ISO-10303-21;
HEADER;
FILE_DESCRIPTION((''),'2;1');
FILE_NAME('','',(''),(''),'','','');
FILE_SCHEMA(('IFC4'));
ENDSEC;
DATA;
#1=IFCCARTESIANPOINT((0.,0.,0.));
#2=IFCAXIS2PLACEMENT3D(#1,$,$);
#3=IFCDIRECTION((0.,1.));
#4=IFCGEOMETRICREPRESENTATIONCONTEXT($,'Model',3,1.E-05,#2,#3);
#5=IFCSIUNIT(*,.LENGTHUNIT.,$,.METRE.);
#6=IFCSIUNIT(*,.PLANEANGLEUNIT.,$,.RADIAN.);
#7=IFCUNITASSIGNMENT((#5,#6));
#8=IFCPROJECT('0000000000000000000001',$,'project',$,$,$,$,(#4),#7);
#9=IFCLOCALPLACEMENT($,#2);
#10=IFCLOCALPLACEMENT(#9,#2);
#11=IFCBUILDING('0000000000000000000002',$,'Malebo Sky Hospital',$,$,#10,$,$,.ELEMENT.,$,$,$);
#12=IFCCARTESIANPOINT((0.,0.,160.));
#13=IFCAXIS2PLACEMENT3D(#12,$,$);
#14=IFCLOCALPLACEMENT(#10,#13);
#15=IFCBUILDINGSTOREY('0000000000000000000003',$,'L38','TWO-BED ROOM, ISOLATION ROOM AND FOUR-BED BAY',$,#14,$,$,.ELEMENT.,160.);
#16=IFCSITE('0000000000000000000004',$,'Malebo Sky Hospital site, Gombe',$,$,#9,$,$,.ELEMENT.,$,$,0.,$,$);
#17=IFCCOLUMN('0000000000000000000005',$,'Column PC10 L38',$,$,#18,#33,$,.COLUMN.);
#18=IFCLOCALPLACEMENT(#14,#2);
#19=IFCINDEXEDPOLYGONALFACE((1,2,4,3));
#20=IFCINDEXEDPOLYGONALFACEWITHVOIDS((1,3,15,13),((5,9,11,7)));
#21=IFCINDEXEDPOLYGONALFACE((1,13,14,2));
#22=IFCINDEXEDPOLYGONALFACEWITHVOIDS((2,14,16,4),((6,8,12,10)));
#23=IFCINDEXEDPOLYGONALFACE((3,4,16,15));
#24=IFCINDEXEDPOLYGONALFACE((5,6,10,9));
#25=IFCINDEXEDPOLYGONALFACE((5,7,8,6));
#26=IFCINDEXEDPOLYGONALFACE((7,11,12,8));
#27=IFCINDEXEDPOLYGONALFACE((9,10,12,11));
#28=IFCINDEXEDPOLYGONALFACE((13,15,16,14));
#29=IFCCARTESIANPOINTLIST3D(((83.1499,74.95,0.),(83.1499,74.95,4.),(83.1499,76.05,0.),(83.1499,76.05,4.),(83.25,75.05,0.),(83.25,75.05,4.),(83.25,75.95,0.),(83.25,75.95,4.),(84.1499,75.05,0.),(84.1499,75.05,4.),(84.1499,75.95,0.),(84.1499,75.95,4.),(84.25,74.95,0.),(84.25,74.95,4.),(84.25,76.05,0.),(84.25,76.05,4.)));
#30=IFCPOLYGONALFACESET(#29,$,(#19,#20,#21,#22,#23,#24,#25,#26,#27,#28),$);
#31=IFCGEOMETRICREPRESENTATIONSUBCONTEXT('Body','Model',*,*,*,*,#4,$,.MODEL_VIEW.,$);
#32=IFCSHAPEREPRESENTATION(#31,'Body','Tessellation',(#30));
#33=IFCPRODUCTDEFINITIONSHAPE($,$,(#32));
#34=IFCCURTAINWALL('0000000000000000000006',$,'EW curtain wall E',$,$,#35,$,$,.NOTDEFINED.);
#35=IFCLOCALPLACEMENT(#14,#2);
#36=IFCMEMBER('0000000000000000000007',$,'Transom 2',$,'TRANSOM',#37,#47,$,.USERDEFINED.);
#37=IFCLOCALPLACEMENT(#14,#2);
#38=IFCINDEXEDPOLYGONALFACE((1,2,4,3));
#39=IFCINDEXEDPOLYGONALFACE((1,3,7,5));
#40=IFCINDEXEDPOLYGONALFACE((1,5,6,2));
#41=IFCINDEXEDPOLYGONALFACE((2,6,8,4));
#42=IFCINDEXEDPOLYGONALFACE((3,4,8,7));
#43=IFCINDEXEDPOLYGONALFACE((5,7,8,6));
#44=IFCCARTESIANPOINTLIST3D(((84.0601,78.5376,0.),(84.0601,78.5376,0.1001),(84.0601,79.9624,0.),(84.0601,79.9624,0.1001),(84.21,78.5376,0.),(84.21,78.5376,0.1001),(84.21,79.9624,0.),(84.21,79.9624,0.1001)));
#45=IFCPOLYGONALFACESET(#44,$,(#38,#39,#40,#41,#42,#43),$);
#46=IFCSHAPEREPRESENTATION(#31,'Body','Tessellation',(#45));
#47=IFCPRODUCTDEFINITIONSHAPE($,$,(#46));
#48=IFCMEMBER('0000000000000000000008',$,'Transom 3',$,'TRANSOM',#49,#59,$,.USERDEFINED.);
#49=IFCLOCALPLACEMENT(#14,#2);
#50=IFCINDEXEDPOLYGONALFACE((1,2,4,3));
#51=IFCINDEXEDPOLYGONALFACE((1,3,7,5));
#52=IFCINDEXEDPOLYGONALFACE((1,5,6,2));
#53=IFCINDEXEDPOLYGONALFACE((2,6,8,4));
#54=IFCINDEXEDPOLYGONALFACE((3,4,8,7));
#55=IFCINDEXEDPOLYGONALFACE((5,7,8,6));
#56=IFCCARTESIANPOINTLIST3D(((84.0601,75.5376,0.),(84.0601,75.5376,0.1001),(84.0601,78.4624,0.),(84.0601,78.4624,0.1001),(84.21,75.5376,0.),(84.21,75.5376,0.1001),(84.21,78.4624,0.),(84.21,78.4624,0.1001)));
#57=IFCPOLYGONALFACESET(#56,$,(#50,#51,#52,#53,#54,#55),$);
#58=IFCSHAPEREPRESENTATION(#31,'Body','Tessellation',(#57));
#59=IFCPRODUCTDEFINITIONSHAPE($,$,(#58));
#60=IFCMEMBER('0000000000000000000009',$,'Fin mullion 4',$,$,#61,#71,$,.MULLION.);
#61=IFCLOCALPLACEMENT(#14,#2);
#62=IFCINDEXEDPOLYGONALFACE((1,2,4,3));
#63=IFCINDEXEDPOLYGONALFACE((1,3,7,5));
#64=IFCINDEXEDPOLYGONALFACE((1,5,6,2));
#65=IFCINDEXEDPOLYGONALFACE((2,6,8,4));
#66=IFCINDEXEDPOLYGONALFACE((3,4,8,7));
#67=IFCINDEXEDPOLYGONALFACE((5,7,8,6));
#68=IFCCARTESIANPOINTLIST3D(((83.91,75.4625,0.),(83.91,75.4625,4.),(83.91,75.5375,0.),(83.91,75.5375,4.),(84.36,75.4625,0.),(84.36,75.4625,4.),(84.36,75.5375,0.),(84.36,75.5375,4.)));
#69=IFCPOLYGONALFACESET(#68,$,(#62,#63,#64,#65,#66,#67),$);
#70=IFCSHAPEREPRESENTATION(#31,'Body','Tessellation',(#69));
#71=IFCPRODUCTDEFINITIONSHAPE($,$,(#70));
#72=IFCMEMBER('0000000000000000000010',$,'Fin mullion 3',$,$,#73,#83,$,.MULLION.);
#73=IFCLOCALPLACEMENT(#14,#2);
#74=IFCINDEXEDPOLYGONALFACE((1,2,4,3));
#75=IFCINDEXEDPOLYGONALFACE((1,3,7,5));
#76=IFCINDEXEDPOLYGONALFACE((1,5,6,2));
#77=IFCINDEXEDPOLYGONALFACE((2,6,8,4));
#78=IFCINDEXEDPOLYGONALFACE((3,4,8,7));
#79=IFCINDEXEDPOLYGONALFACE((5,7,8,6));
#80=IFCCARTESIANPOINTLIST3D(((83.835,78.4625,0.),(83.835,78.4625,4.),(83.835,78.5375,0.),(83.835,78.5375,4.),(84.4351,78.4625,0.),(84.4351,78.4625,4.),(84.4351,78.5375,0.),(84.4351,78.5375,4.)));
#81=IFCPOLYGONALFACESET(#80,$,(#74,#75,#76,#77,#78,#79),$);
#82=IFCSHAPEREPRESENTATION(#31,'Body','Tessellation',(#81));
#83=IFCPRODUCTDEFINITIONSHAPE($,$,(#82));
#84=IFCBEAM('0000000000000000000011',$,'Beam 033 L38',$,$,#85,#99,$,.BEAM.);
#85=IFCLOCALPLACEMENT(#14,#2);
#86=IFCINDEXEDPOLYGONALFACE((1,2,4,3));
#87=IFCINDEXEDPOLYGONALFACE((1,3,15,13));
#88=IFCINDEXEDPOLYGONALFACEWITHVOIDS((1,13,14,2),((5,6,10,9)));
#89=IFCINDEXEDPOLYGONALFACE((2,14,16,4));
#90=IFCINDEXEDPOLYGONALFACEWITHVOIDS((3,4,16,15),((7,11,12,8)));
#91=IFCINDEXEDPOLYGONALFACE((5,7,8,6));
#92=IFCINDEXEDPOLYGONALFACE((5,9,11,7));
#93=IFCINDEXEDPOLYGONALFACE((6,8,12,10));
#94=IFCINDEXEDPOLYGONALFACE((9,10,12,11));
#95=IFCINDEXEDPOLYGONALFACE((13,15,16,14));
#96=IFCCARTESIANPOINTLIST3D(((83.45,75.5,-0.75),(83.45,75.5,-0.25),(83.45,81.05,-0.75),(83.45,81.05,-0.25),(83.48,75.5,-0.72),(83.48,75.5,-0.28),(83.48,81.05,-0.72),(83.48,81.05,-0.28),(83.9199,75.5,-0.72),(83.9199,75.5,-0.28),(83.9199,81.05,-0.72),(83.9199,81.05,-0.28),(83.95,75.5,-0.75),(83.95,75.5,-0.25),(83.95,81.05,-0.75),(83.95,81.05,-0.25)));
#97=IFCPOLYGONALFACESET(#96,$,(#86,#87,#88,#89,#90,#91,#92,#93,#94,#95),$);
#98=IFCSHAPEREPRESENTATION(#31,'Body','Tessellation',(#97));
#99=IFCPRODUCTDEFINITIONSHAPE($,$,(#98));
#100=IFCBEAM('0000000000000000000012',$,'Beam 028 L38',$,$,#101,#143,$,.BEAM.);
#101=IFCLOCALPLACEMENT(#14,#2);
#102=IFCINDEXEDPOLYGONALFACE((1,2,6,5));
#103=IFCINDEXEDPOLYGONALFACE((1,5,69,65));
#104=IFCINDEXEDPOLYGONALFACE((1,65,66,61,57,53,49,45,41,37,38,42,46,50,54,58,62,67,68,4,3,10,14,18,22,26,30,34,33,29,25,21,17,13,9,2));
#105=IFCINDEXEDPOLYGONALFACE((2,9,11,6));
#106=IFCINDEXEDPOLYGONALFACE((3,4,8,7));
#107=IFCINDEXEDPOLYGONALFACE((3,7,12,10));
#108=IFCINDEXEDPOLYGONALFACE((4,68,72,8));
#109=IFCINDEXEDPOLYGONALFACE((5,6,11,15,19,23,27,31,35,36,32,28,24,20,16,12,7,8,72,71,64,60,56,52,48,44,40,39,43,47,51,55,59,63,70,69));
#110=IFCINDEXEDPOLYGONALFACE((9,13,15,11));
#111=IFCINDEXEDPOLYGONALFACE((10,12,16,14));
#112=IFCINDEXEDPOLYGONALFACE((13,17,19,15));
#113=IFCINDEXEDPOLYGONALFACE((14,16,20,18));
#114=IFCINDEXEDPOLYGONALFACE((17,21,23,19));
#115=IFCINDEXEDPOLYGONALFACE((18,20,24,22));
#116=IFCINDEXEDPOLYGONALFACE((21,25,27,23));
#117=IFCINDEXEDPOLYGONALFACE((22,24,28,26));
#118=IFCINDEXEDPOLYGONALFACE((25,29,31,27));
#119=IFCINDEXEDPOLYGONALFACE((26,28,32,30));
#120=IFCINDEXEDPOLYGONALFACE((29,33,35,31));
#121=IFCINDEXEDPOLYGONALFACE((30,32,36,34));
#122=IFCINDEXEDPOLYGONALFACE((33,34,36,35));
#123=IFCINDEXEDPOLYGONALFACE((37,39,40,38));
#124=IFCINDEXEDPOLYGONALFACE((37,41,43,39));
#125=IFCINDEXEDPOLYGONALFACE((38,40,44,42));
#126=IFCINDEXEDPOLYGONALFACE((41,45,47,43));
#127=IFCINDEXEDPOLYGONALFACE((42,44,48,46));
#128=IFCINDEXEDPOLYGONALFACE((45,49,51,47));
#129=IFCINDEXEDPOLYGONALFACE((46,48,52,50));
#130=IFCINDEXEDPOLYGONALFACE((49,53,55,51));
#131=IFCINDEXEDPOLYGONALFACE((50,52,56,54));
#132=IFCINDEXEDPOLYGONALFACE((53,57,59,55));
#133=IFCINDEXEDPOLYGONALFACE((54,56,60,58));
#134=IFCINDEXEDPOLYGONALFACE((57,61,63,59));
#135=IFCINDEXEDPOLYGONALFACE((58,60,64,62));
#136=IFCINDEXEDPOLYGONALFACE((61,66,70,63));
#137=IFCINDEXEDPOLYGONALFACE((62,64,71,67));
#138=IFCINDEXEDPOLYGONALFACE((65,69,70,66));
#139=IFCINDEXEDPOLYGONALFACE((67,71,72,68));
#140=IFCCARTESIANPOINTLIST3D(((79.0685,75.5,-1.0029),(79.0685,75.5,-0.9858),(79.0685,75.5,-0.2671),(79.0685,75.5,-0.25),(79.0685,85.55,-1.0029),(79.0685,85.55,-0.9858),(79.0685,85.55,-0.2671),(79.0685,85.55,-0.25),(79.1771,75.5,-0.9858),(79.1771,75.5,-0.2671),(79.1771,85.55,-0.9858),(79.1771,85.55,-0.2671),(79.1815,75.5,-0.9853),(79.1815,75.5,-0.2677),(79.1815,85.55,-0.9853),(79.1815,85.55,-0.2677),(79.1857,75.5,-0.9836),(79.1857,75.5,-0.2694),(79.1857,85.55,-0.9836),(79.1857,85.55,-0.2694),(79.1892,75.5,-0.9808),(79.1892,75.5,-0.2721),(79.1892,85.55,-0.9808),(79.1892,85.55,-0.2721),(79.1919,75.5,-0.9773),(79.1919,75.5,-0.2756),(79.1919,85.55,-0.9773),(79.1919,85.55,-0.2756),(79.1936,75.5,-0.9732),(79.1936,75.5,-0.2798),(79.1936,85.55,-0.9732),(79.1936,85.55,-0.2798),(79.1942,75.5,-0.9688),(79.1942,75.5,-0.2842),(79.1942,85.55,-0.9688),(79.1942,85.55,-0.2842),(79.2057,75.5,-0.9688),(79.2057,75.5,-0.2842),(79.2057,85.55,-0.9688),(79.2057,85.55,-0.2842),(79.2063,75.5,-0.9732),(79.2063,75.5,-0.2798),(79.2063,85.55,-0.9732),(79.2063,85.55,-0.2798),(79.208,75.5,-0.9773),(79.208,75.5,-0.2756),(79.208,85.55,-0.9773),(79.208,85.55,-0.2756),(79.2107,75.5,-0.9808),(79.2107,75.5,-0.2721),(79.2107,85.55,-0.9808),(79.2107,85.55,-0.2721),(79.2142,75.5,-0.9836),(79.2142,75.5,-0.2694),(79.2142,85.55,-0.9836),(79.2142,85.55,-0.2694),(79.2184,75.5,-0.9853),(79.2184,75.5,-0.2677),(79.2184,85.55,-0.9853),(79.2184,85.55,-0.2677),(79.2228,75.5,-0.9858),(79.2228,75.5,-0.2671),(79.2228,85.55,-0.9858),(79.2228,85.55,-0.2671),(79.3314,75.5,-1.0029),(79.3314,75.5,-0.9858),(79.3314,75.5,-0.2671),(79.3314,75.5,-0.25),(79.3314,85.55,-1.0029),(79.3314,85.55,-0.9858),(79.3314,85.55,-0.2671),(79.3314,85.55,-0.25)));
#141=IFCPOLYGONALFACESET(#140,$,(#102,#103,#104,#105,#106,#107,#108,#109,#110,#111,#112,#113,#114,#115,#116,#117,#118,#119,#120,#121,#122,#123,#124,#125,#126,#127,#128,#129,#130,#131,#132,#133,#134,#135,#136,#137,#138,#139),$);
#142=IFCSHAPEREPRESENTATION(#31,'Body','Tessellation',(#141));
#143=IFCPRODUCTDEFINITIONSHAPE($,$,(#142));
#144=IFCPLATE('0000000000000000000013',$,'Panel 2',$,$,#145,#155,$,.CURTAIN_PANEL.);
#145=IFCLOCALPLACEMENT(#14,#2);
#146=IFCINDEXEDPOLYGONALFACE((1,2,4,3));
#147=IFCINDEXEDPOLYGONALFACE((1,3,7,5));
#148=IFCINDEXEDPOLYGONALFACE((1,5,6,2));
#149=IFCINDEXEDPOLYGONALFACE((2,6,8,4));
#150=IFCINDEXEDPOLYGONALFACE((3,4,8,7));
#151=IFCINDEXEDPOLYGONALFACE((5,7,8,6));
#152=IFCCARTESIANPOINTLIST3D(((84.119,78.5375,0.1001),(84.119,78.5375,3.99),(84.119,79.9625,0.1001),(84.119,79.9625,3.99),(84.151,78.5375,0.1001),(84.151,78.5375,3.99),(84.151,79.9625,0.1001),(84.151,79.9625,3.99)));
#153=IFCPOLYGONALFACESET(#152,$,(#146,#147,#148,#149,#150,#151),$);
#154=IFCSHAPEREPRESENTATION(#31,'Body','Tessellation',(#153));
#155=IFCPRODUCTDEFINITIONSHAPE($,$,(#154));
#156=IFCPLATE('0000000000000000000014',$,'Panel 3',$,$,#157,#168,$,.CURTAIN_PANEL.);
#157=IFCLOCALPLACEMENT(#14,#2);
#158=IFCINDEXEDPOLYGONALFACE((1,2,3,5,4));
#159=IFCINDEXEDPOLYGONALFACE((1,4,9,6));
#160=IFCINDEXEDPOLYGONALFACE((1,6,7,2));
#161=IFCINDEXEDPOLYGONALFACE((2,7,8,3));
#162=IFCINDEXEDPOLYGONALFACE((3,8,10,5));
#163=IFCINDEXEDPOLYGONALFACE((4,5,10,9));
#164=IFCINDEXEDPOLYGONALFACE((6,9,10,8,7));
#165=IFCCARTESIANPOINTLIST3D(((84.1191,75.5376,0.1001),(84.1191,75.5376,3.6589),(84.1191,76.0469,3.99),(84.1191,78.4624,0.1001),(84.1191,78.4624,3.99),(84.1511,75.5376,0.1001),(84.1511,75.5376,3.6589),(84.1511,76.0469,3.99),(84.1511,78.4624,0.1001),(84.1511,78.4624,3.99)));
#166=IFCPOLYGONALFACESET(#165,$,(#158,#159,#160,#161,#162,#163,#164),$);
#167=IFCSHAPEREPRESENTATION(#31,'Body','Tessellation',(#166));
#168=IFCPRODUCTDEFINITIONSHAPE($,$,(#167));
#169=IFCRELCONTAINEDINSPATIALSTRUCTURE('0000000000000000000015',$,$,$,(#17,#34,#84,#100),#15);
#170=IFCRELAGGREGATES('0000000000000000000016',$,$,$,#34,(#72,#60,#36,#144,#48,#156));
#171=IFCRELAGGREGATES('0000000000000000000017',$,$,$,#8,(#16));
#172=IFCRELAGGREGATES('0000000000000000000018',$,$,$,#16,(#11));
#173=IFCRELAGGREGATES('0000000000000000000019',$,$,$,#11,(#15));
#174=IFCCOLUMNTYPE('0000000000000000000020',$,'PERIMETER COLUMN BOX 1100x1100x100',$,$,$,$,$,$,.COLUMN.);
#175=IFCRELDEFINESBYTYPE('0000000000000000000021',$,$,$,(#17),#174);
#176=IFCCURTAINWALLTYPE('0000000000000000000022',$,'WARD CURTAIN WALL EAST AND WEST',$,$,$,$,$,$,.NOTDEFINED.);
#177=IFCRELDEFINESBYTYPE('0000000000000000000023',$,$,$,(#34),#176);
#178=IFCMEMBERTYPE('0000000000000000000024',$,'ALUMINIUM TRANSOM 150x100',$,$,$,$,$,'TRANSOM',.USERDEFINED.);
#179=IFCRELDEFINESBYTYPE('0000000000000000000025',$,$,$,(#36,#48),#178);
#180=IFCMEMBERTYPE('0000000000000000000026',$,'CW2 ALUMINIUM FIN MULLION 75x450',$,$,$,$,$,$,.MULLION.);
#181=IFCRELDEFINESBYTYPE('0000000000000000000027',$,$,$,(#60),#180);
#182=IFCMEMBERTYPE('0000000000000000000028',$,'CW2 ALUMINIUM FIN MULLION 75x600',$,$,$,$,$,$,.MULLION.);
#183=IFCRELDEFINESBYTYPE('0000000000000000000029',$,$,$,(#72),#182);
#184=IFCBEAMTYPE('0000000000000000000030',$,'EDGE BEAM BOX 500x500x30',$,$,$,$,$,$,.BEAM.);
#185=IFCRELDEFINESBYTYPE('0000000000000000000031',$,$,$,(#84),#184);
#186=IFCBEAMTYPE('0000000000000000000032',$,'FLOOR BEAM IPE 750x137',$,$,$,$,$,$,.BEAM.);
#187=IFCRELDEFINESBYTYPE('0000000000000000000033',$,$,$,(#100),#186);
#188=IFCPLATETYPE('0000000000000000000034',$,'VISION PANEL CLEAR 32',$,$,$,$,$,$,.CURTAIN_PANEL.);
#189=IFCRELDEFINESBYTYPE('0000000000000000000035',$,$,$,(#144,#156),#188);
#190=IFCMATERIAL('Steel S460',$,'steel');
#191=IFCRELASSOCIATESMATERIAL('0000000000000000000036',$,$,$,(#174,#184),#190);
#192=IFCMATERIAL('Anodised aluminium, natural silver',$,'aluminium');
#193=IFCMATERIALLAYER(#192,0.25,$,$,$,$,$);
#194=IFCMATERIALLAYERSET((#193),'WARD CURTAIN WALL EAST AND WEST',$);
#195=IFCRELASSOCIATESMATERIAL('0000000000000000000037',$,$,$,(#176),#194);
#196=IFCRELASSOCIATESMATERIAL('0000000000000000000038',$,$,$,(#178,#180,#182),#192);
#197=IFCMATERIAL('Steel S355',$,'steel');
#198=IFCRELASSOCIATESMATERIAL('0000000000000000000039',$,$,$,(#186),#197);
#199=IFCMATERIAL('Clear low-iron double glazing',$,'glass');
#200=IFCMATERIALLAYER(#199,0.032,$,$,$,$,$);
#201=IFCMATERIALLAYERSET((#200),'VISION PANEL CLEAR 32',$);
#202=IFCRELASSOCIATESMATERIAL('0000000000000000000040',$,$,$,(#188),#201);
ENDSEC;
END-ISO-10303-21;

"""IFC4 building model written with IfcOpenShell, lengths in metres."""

from ifc_helpers import new_model, si_unit, direction, frame, origin, origin_2d, place, context, subcontext, project, spatial, polyline, rectangle, hollow_rectangle, i_section, outline, extrude, material, layer, layer_set, material_profile, profile_set, type_object, element, aggregate, save


model = new_model("IFC4")

# Units and contexts
model_context = context("Model", 3, precision=1e-05, world=origin(), true_north=direction((0.0, 1.0)))
body_context = subcontext(model_context, "Body", "Model", "MODEL_VIEW")
ifc_project = project(units=[si_unit("LENGTHUNIT", "METRE"), si_unit("PLANEANGLEUNIT", "RADIAN")], contexts=[model_context])

# Site, building, storey
site_placement = place(None, origin())
site = spatial("IfcSite", under=ifc_project, at=site_placement, Name="Malebo Sky Hospital site, Gombe", CompositionType="ELEMENT", RefElevation=0.0)
building_placement = place(site_placement, origin())
building = spatial("IfcBuilding", under=site, at=building_placement, Name="Malebo Sky Hospital", CompositionType="ELEMENT")
storey_placement = place(building_placement, frame((0.0, 0.0, 160.0)))
storey = spatial("IfcBuildingStorey", under=building, at=storey_placement, Name="L38", Description="TWO-BED ROOM, ISOLATION ROOM AND FOUR-BED BAY", CompositionType="ELEMENT", Elevation=160.0)

# Column
ifc_material_1 = material(Name="Steel S460", Category="steel")
ifc_material_profile_1 = material_profile(ifc_material_1, hollow_rectangle(XDim=1.1001, YDim=1.1001, WallThickness=0.1001, at=origin_2d()), Name="BOX 1100x1100x100")
ifc_profile_set_1 = profile_set([ifc_material_profile_1], Name="Steel S460")
column_type = type_object("IfcColumnType", Name="PERIMETER COLUMN BOX 1100x1100x100", PredefinedType="COLUMN", material=ifc_profile_set_1)
column_placement = place(storey_placement, frame((83.7, 75.5, 0.0), z_axis=(0.0, 0.0, 1.0), x_axis=(1.0, 0.0, 0.0)))
element("IfcColumn", 1, at=column_placement, inside=storey, type_object=column_type, Name="Column PC10 L38", PredefinedType="COLUMN", context=body_context, shape_type="SweptSolid", body=[
    extrude(hollow_rectangle(XDim=1.1001, YDim=1.1001, WallThickness=0.1001, at=origin_2d()), origin(), (0.0, 0.0, 1.0), 4.0),
])

# Curtain wall, members
ifc_material_2 = material(Name="Anodised aluminium, natural silver", Category="aluminium")
ifc_layer_1 = layer(ifc_material_2, 0.25)
ifc_layer_set_1 = layer_set([ifc_layer_1], Name="WARD CURTAIN WALL EAST AND WEST")
curtain_wall_type = type_object("IfcCurtainWallType", Name="WARD CURTAIN WALL EAST AND WEST", PredefinedType="NOTDEFINED", material=ifc_layer_set_1)
curtain_wall_placement = place(storey_placement, origin())
curtain_wall = element("IfcCurtainWall", 2, at=curtain_wall_placement, inside=storey, type_object=curtain_wall_type, Name="EW curtain wall E", PredefinedType="NOTDEFINED")
ifc_material_profile_2 = material_profile(ifc_material_2, rectangle(XDim=0.1499, YDim=0.1001, at=origin_2d()), Name="ALUMINIUM TRANSOM 150x100")
ifc_profile_set_2 = profile_set([ifc_material_profile_2], Name="Anodised aluminium, natural silver")
member_type_1 = type_object("IfcMemberType", Name="ALUMINIUM TRANSOM 150x100", ElementType="TRANSOM", PredefinedType="USERDEFINED", material=ifc_profile_set_2)
member_1_placement = place(storey_placement, frame((84.135, 79.9624, 0.05), z_axis=(0.0, -1.0, 0.0), x_axis=(1.0, 0.0, 0.0)))
member_1 = element("IfcMember", 3, at=member_1_placement, type_object=member_type_1, Name="Transom 2", ObjectType="TRANSOM", PredefinedType="USERDEFINED", context=body_context, shape_type="SweptSolid", body=[
    extrude(rectangle(XDim=0.1499, YDim=0.1001, at=origin_2d()), origin(), (0.0, 0.0, 1.0), 1.4248),
])
member_2_placement = place(storey_placement, frame((84.135, 78.4624, 0.05), z_axis=(0.0, -1.0, 0.0), x_axis=(1.0, 0.0, 0.0)))
member_2 = element("IfcMember", 4, at=member_2_placement, type_object=member_type_1, Name="Transom 3", ObjectType="TRANSOM", PredefinedType="USERDEFINED", context=body_context, shape_type="SweptSolid", body=[
    extrude(rectangle(XDim=0.1499, YDim=0.1001, at=origin_2d()), origin(), (0.0, 0.0, 1.0), 2.9248),
])
ifc_material_profile_3 = material_profile(ifc_material_2, rectangle(XDim=0.075, YDim=0.45, at=origin_2d()), Name="CW2 ALUMINIUM FIN MULLION 75x450")
ifc_profile_set_3 = profile_set([ifc_material_profile_3], Name="Anodised aluminium, natural silver")
member_type_2 = type_object("IfcMemberType", Name="CW2 ALUMINIUM FIN MULLION 75x450", PredefinedType="MULLION", material=ifc_profile_set_3)
member_3_placement = place(storey_placement, frame((84.135, 75.5, 0.0), z_axis=(0.0, 0.0, 1.0), x_axis=(0.0, -1.0, 0.0)))
member_3 = element("IfcMember", 5, at=member_3_placement, type_object=member_type_2, Name="Fin mullion 4", PredefinedType="MULLION", context=body_context, shape_type="SweptSolid", body=[
    extrude(rectangle(XDim=0.075, YDim=0.45, at=origin_2d()), origin(), (0.0, 0.0, 1.0), 4.0),
])
ifc_material_profile_4 = material_profile(ifc_material_2, rectangle(XDim=0.075, YDim=0.6001, at=origin_2d()), Name="CW2 ALUMINIUM FIN MULLION 75x600")
ifc_profile_set_4 = profile_set([ifc_material_profile_4], Name="Anodised aluminium, natural silver")
member_type_3 = type_object("IfcMemberType", Name="CW2 ALUMINIUM FIN MULLION 75x600", PredefinedType="MULLION", material=ifc_profile_set_4)
member_4_placement = place(storey_placement, frame((84.135, 78.5, 0.0), z_axis=(0.0, 0.0, 1.0), x_axis=(0.0, -1.0, 0.0)))
member_4 = element("IfcMember", 6, at=member_4_placement, type_object=member_type_3, Name="Fin mullion 3", PredefinedType="MULLION", context=body_context, shape_type="SweptSolid", body=[
    extrude(rectangle(XDim=0.075, YDim=0.6001, at=origin_2d()), origin(), (0.0, 0.0, 1.0), 4.0),
])

# Beams
ifc_material_profile_5 = material_profile(ifc_material_1, hollow_rectangle(XDim=0.5, YDim=0.5, WallThickness=0.03, at=origin_2d()), Name="BOX 500x500x30")
ifc_profile_set_5 = profile_set([ifc_material_profile_5], Name="Steel S460")
beam_type_1 = type_object("IfcBeamType", Name="EDGE BEAM BOX 500x500x30", PredefinedType="BEAM", material=ifc_profile_set_5)
beam_1_placement = place(storey_placement, frame((83.7, 75.5, -0.5), z_axis=(0.0, 1.0, 0.0), x_axis=(-1.0, 0.0, 0.0)))
element("IfcBeam", 7, at=beam_1_placement, inside=storey, type_object=beam_type_1, Name="Beam 033 L38", PredefinedType="BEAM", context=body_context, shape_type="SweptSolid", body=[
    extrude(hollow_rectangle(XDim=0.5, YDim=0.5, WallThickness=0.03, at=origin_2d()), origin(), (0.0, 0.0, 1.0), 5.55),
])
ifc_material_3 = material(Name="Steel S355", Category="steel")
ifc_material_profile_6 = material_profile(ifc_material_3, i_section(OverallWidth=0.2629, OverallDepth=0.7529, WebThickness=0.0115, FlangeThickness=0.0171, FilletRadius=0.0171, at=origin_2d()), Name="IPE 750x137")
ifc_profile_set_6 = profile_set([ifc_material_profile_6], Name="Steel S355")
beam_type_2 = type_object("IfcBeamType", Name="FLOOR BEAM IPE 750x137", PredefinedType="BEAM", material=ifc_profile_set_6)
beam_2_placement = place(storey_placement, frame((79.2, 75.5, -0.6265), z_axis=(0.0, 1.0, 0.0), x_axis=(-1.0, 0.0, 0.0)))
element("IfcBeam", 8, at=beam_2_placement, inside=storey, type_object=beam_type_2, Name="Beam 028 L38", PredefinedType="BEAM", context=body_context, shape_type="SweptSolid", body=[
    extrude(i_section(OverallWidth=0.2629, OverallDepth=0.7529, WebThickness=0.0115, FlangeThickness=0.0171, FilletRadius=0.0171, at=origin_2d()), origin(), (0.0, 0.0, 1.0), 10.05),
])

# Plates
ifc_material_4 = material(Name="Clear low-iron double glazing", Category="glass")
ifc_layer_2 = layer(ifc_material_4, 0.032)
ifc_layer_set_2 = layer_set([ifc_layer_2], Name="VISION PANEL CLEAR 32")
plate_type = type_object("IfcPlateType", Name="VISION PANEL CLEAR 32", PredefinedType="CURTAIN_PANEL", material=ifc_layer_set_2)
plate_1_placement = place(storey_placement, frame((84.135, 79.25, 0.1001), z_axis=(0.0, 0.0, 1.0), x_axis=(0.0, -1.0, 0.0)))
plate_1 = element("IfcPlate", 9, at=plate_1_placement, type_object=plate_type, Name="Panel 2", PredefinedType="CURTAIN_PANEL", context=body_context, shape_type="SweptSolid", body=[
    extrude(rectangle(XDim=1.425, YDim=0.032, at=origin_2d()), origin(), (0.0, 0.0, 1.0), 3.8899),
])
plate_2_placement = place(storey_placement, frame((84.135, 77.0, 0.1001), z_axis=(0.0, 0.0, 1.0), x_axis=(0.0, -1.0, 0.0)))
plate_2 = element("IfcPlate", 10, at=plate_2_placement, type_object=plate_type, Name="Panel 3", PredefinedType="CURTAIN_PANEL", context=body_context, shape_type="SweptSolid", body=[
    extrude(outline(polyline([(-1.4624, 0.0), (1.4624, 0.0), (1.4624, 3.5588), (0.9531, 3.8899), (-1.4624, 3.8899), (-1.4624, 0.0)])), frame((0.0, 0.0161, 0.0), z_axis=(0.0, -1.0, 0.0), x_axis=(1.0, 0.0, 0.0)), (0.0, 0.0, 1.0), 0.032),
])
aggregate(curtain_wall, [member_4, member_3, member_1, plate_1, member_2, plate_2])

save(model, "model.ifc")
